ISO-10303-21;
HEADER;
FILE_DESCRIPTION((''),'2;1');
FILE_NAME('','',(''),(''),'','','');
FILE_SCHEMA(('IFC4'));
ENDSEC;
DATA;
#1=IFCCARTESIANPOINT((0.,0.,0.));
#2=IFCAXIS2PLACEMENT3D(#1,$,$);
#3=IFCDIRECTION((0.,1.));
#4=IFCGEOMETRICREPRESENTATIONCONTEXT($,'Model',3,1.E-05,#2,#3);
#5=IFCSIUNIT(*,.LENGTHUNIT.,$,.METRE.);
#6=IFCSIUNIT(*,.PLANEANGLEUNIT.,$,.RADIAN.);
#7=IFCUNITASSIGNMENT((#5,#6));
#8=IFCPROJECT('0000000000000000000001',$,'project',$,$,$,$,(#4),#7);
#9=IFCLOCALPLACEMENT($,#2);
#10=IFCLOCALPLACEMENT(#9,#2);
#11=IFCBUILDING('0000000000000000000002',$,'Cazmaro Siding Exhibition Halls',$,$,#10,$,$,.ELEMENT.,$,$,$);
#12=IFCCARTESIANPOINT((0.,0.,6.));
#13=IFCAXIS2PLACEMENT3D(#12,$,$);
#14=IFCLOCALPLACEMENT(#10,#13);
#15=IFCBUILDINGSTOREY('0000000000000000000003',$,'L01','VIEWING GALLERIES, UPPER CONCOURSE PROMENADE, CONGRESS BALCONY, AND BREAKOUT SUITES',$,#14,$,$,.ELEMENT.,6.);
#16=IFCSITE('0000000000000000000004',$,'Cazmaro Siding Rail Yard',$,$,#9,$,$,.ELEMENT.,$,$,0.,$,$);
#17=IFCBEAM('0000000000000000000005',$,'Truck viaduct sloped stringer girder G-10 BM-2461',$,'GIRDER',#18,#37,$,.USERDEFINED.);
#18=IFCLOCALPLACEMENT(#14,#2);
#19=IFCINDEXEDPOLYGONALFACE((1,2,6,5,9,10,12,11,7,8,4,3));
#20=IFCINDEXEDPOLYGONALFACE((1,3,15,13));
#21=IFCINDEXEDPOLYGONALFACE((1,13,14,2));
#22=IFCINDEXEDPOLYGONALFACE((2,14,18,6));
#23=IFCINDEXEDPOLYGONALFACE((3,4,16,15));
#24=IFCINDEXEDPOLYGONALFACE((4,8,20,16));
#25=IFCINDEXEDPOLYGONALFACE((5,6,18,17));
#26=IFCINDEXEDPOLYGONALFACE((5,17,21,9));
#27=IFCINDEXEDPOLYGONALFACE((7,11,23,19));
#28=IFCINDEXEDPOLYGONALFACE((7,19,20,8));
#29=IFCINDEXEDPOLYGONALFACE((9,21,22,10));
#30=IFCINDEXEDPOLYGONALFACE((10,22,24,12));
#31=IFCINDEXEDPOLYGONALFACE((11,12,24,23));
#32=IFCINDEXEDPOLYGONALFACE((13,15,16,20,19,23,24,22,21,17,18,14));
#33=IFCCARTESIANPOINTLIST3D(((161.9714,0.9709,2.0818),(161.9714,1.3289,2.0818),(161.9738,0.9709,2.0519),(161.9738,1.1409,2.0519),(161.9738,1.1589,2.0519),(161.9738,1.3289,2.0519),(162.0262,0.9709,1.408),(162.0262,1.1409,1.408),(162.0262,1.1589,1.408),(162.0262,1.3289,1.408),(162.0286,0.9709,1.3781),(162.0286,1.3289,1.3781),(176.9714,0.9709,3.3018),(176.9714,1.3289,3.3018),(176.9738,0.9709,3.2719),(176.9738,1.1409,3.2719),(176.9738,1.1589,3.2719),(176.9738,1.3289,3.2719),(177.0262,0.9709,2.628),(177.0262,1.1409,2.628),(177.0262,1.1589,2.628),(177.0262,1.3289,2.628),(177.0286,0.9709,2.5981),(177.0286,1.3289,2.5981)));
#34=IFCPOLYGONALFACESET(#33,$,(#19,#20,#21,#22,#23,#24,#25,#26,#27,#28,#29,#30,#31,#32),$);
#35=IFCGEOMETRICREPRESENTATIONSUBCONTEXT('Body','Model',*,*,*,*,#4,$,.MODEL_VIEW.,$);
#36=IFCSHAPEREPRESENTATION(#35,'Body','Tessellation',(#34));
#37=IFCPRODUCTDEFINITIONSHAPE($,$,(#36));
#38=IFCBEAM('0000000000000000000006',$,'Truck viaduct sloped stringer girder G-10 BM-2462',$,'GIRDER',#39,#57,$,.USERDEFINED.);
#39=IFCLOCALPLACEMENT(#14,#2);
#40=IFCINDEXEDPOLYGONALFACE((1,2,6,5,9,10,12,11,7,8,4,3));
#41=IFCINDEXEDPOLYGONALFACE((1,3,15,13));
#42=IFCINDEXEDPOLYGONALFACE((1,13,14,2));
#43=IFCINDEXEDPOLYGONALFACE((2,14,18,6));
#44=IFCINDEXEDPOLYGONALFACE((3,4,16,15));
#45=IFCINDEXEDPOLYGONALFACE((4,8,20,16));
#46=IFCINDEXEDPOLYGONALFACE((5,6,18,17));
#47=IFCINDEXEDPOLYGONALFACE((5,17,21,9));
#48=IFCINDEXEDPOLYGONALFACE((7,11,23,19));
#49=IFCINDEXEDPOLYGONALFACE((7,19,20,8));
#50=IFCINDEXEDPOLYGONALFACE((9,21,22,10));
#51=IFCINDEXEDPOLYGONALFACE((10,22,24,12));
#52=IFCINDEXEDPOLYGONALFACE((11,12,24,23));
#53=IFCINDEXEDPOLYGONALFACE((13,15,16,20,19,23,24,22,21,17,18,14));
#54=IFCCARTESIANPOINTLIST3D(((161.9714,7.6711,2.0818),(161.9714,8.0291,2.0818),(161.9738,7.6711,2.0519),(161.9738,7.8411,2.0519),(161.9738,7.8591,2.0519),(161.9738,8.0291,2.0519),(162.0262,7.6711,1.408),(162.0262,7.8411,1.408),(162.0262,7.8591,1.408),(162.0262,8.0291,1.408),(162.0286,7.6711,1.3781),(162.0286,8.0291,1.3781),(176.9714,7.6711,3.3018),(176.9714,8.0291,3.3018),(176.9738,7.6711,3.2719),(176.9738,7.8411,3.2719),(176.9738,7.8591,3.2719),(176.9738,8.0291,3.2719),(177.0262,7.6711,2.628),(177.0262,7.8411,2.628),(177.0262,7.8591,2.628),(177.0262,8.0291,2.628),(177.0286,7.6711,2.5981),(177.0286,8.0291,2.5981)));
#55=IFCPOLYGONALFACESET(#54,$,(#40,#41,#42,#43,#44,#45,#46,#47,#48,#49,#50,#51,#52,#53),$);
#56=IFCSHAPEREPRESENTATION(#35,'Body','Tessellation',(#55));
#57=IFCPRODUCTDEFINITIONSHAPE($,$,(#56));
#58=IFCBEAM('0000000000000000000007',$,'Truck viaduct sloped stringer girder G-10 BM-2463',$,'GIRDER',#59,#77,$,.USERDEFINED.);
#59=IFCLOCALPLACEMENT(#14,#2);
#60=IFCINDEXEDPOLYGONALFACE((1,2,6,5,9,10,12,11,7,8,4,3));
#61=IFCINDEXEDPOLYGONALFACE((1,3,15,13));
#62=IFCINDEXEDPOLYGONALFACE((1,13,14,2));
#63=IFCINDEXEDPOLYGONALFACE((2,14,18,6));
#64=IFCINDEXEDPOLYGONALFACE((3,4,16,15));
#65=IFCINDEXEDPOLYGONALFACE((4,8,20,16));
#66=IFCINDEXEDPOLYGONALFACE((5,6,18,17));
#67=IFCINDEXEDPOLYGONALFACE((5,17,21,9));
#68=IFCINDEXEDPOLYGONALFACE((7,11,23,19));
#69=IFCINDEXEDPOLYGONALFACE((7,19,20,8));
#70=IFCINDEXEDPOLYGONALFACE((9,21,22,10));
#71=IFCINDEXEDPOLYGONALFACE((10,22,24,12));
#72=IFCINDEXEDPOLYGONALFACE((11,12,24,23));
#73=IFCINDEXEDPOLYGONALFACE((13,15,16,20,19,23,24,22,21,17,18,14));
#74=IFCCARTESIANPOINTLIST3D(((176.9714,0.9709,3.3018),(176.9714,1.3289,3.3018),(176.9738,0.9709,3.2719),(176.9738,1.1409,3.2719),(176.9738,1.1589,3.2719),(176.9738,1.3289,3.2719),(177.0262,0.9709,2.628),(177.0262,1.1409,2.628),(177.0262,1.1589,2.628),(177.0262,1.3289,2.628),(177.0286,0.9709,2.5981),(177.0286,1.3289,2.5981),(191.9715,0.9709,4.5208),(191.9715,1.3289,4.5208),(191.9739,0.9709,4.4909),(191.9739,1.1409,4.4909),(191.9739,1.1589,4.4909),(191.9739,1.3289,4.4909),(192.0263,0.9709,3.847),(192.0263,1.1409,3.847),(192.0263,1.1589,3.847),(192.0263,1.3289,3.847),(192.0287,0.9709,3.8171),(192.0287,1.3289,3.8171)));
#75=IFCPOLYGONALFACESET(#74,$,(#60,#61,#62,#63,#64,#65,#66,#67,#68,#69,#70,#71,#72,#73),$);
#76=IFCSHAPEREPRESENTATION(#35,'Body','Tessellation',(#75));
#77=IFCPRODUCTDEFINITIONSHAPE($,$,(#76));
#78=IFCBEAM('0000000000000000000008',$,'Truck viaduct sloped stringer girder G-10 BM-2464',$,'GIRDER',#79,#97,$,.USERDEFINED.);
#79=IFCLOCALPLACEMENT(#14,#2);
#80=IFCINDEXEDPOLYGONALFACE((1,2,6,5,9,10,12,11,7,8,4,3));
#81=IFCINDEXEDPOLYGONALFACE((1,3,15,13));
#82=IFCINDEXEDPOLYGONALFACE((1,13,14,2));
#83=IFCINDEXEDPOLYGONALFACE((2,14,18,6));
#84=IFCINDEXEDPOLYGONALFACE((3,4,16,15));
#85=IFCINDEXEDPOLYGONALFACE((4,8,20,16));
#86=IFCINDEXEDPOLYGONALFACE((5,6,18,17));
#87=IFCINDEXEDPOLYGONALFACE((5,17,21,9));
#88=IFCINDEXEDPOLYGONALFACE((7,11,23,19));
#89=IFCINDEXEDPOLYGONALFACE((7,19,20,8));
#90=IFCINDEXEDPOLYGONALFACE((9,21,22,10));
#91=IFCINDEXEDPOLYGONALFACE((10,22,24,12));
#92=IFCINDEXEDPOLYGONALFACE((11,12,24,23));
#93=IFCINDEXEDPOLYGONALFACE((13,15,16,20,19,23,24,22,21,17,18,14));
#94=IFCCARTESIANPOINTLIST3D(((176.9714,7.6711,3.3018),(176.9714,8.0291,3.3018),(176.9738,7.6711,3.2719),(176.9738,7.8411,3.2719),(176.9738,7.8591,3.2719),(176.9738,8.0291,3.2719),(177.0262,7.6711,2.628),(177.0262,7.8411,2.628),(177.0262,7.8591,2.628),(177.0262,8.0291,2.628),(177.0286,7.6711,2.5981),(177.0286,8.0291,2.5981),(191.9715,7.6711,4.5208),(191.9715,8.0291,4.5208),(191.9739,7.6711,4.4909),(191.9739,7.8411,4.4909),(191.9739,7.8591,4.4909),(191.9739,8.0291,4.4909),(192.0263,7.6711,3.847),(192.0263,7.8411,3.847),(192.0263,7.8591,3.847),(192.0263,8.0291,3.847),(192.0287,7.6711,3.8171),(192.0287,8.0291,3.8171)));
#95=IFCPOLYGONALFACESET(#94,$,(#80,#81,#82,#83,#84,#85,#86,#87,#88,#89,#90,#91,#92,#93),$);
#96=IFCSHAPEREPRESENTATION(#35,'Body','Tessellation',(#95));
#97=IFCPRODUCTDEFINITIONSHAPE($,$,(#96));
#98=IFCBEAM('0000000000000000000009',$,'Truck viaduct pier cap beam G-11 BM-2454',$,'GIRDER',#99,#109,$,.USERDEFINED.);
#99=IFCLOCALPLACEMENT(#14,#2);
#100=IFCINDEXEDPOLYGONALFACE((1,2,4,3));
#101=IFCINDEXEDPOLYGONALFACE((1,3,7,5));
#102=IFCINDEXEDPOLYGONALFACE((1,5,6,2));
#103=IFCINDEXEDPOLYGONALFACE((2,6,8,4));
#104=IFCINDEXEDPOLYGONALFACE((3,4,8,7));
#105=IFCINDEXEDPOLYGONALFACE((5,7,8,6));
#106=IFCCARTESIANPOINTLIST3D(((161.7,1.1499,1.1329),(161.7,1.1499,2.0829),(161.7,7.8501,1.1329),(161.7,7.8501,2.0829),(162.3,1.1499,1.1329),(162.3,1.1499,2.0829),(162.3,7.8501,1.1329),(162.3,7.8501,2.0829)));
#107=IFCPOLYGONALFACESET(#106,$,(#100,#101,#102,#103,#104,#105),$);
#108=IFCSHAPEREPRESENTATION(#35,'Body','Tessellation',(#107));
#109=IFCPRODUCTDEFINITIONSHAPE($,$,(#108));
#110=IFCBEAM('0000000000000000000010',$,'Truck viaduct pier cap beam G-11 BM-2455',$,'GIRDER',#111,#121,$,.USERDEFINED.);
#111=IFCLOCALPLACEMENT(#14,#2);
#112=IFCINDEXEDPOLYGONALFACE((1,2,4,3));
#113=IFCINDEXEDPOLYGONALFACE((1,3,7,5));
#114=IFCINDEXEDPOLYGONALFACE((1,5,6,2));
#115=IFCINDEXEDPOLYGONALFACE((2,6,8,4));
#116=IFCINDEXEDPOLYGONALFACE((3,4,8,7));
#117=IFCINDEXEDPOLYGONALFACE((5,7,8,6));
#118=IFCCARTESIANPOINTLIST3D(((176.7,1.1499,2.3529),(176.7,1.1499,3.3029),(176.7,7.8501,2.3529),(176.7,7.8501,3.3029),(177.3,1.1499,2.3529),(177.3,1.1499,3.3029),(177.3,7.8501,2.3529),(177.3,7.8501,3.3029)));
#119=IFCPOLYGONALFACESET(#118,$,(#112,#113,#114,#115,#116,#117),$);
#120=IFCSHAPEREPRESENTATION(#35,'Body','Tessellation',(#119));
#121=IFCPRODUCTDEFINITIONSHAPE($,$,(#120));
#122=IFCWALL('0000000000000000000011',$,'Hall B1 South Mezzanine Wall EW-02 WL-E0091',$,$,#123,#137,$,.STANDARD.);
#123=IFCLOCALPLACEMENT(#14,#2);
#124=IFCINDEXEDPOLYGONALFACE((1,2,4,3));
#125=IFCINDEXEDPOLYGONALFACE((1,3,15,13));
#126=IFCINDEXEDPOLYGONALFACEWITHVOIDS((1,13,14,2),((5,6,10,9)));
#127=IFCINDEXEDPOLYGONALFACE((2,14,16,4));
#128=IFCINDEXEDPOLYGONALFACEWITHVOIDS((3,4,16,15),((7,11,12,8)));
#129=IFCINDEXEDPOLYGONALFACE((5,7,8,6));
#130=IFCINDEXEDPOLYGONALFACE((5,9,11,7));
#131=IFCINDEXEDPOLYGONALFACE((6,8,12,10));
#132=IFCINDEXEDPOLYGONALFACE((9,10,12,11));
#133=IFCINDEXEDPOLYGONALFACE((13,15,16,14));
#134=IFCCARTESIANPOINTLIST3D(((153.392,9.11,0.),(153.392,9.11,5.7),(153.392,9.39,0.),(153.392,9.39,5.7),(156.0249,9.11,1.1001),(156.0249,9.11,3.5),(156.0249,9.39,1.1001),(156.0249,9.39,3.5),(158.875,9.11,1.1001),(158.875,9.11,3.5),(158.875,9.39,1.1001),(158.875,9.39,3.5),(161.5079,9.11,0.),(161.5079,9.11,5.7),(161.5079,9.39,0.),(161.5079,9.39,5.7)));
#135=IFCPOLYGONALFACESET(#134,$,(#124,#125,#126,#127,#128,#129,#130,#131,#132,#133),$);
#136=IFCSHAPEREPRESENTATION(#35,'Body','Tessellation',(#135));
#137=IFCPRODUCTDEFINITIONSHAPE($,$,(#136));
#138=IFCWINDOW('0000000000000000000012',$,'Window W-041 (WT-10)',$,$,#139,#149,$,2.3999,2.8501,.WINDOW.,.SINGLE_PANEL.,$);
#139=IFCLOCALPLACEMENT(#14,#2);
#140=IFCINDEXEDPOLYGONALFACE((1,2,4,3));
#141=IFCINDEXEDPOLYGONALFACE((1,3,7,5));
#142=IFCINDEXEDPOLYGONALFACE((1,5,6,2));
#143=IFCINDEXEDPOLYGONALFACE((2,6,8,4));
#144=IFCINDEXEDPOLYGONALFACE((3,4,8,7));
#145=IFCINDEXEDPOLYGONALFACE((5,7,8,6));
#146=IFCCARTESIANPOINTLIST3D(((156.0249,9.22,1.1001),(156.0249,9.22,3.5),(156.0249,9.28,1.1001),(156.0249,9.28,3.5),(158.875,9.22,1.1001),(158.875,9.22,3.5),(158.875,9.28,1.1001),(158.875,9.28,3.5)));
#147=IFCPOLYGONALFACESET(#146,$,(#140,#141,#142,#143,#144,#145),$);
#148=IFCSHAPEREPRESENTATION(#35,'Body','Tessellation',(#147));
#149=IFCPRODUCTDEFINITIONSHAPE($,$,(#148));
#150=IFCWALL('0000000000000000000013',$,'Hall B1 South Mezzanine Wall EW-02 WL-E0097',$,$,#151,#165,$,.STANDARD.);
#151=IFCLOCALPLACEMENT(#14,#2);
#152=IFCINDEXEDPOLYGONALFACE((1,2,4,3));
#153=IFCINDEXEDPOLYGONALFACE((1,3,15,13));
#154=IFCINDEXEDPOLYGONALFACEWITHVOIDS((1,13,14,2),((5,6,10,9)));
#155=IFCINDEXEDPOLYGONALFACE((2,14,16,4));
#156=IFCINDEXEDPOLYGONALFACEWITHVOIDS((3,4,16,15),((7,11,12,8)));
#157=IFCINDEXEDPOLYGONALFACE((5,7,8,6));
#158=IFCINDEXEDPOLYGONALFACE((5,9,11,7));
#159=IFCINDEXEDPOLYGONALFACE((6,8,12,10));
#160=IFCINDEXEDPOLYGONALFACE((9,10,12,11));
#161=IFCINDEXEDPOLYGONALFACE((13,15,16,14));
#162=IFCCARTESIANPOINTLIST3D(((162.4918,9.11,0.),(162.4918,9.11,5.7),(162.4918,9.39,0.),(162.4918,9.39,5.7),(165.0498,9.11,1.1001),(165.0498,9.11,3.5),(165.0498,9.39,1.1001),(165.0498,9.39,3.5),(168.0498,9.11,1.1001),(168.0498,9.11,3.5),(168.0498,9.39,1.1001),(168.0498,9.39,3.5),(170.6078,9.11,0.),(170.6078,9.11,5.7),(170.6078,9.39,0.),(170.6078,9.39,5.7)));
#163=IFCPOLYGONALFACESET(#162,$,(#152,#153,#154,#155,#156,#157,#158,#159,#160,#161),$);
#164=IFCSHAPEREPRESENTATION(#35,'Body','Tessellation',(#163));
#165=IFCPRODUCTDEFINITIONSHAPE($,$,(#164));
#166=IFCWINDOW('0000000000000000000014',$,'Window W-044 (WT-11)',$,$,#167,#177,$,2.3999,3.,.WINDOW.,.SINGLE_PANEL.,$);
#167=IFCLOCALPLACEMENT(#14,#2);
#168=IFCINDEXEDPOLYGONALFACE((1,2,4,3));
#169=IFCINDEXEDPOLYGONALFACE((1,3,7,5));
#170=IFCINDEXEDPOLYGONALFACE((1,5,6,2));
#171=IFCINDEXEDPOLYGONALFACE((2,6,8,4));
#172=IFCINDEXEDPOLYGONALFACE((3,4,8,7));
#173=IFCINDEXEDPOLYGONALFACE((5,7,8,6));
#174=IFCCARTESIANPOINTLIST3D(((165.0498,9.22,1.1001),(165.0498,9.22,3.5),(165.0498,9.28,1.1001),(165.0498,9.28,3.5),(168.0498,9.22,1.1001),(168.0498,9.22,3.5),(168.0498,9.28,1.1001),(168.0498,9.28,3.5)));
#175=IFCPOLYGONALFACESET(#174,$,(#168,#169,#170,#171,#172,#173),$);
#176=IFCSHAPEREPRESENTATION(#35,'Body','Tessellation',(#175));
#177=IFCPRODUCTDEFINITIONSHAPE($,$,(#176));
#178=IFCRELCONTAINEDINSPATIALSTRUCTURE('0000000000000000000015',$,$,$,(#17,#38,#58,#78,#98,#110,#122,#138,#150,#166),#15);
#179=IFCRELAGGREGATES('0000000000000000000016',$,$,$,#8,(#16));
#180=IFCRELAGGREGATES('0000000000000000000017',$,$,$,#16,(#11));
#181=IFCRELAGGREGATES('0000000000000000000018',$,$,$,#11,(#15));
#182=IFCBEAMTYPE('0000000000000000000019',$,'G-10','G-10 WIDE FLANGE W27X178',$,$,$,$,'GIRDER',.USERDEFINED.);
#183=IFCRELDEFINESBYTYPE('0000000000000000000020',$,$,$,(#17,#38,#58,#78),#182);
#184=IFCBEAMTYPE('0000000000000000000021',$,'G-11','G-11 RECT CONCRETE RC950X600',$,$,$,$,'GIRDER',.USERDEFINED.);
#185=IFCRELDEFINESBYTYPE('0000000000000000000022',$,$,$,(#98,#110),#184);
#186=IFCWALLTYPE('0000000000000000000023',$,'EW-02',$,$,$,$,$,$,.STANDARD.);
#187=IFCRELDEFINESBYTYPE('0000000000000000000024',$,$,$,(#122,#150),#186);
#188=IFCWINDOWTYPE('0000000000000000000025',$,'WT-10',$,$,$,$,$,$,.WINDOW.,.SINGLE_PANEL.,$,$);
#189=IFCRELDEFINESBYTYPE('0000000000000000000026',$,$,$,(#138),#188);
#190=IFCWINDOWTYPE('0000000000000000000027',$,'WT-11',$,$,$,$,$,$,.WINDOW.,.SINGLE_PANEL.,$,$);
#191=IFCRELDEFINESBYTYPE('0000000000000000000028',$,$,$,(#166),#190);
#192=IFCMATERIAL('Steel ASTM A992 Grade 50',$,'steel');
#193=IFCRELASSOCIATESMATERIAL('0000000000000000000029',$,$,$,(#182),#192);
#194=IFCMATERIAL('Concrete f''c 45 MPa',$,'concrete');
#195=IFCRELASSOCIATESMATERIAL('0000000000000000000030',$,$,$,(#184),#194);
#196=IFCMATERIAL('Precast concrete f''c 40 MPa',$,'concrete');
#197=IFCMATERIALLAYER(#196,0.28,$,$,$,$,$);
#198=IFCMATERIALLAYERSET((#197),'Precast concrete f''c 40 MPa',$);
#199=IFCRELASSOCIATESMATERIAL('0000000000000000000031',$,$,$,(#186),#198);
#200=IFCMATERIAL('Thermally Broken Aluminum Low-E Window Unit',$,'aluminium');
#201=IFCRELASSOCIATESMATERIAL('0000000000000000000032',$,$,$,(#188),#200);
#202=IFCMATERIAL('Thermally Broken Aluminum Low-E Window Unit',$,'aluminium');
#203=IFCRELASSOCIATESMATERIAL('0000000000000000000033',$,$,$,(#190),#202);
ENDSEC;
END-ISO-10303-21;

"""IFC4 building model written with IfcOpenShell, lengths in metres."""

from ifc_helpers import new_model, si_unit, direction, frame, frame_2d, origin, origin_2d, place, context, subcontext, project, spatial, rectangle, i_section, extrude, material, layer, layer_set, material_profile, profile_set, type_object, element, fill, save


model = new_model("IFC4")

# Units and contexts
model_context = context("Model", 3, precision=1e-05, world=origin(), true_north=direction((0.0, 1.0)))
body_context = subcontext(model_context, "Body", "Model", "MODEL_VIEW")
ifc_project = project(units=[si_unit("LENGTHUNIT", "METRE"), si_unit("PLANEANGLEUNIT", "RADIAN")], contexts=[model_context])

# Site, building, storey
site_placement = place(None, origin())
site = spatial("IfcSite", under=ifc_project, at=site_placement, Name="Cazmaro Siding Rail Yard", CompositionType="ELEMENT", RefElevation=0.0)
building_placement = place(site_placement, origin())
building = spatial("IfcBuilding", under=site, at=building_placement, Name="Cazmaro Siding Exhibition Halls", CompositionType="ELEMENT")
storey_placement = place(building_placement, frame((0.0, 0.0, 6.0)))
storey = spatial("IfcBuildingStorey", under=building, at=storey_placement, Name="L01", Description="VIEWING GALLERIES, UPPER CONCOURSE PROMENADE, CONGRESS BALCONY, AND BREAKOUT SUITES", CompositionType="ELEMENT", Elevation=6.0)

# Beams
ifc_material_1 = material(Name="Steel ASTM A992 Grade 50", Category="steel")
ifc_material_profile_1 = material_profile(ifc_material_1, i_section(OverallWidth=0.3579, OverallDepth=0.7061, WebThickness=0.0181, FlangeThickness=0.03, at=origin_2d()), Name="W27X178")
ifc_profile_set_1 = profile_set([ifc_material_profile_1], Name="Steel ASTM A992 Grade 50")
beam_type_1 = type_object("IfcBeamType", Name="G-10", Description="G-10 WIDE FLANGE W27X178", ElementType="GIRDER", PredefinedType="USERDEFINED", material=ifc_profile_set_1)
for number, where, z_axis, x_axis, name in (
    (1, (162.0, 1.1499, 1.73), (0.996709, 0.0, 0.081064), (0.0, 1.0, 0.0), "Truck viaduct sloped stringer girder G-10 BM-2461"),
    (2, (162.0, 7.8501, 1.73), (0.996709, 0.0, 0.081064), (0.0, 1.0, 0.0), "Truck viaduct sloped stringer girder G-10 BM-2462"),
    (3, (177.0, 1.1499, 2.95), (0.996714, 0.0, 0.080999), (0.0, 1.0, 0.0), "Truck viaduct sloped stringer girder G-10 BM-2463"),
    (4, (177.0, 7.8501, 2.95), (0.996714, 0.0, 0.080999), (0.0, 1.0, 0.0), "Truck viaduct sloped stringer girder G-10 BM-2464"),
):
    element("IfcBeam", number, at=place(storey_placement, frame(where, z_axis=z_axis, x_axis=x_axis)), inside=storey, type_object=beam_type_1, Name=name, ObjectType="GIRDER", PredefinedType="USERDEFINED", context=body_context, shape_type="SweptSolid", body=[
        extrude(i_section(OverallWidth=0.3579, OverallDepth=0.7061, WebThickness=0.0181, FlangeThickness=0.03, at=origin_2d()), origin(), (0.0, 0.0, 1.0), 15.0496),
    ])
ifc_material_2 = material(Name="Concrete f'c 45 MPa", Category="concrete")
ifc_material_profile_2 = material_profile(ifc_material_2, rectangle(XDim=0.6001, YDim=0.95, at=origin_2d()), Name="RC950X600")
ifc_profile_set_2 = profile_set([ifc_material_profile_2], Name="Concrete f'c 45 MPa")
beam_type_2 = type_object("IfcBeamType", Name="G-11", Description="G-11 RECT CONCRETE RC950X600", ElementType="GIRDER", PredefinedType="USERDEFINED", material=ifc_profile_set_2)
for number, where, z_axis, x_axis, name in (
    (5, (162.0, 1.1499, 1.6079), (0.0, 1.0, 0.0), (-1.0, 0.0, 0.0), "Truck viaduct pier cap beam G-11 BM-2454"),
    (6, (177.0, 1.1499, 2.8279), (0.0, 1.0, 0.0), (-1.0, 0.0, 0.0), "Truck viaduct pier cap beam G-11 BM-2455"),
):
    element("IfcBeam", number, at=place(storey_placement, frame(where, z_axis=z_axis, x_axis=x_axis)), inside=storey, type_object=beam_type_2, Name=name, ObjectType="GIRDER", PredefinedType="USERDEFINED", context=body_context, shape_type="SweptSolid", body=[
        extrude(rectangle(XDim=0.6001, YDim=0.95, at=origin_2d()), origin(), (0.0, 0.0, 1.0), 6.7002),
    ])

# Walls, openings, windows
ifc_material_3 = material(Name="Precast concrete f'c 40 MPa", Category="concrete")
ifc_layer = layer(ifc_material_3, 0.28)
ifc_layer_set = layer_set([ifc_layer], Name="Precast concrete f'c 40 MPa")
wall_type = type_object("IfcWallType", Name="EW-02", PredefinedType="STANDARD", material=ifc_layer_set)
wall_1_placement = place(storey_placement, frame((161.5081, 9.25, 0.0), z_axis=(0.0, 0.0, 1.0), x_axis=(-1.0, 0.0, 0.0)))
wall_1 = element("IfcWall", 7, at=wall_1_placement, inside=storey, type_object=wall_type, Name="Hall B1 South Mezzanine Wall EW-02 WL-E0091", PredefinedType="STANDARD", context=body_context, shape_type="SweptSolid", body=[
    extrude(rectangle(XDim=8.116, YDim=0.28, at=frame_2d((4.0581, 0.0))), origin(), (0.0, 0.0, 1.0), 5.7),
])
opening_1_placement = place(wall_1_placement, frame((2.6331, 0.0, 1.1001)))
opening_1 = element("IfcOpeningElement", 8, at=opening_1_placement, cuts=wall_1, PredefinedType="OPENING", context=body_context, shape_type="SweptSolid", body=[
    extrude(rectangle(XDim=2.8501, YDim=2.3999, at=frame_2d((1.425, 1.2))), frame((0.0, 0.1499, 0.0), z_axis=(0.0, -1.0, 0.0), x_axis=(1.0, 0.0, 0.0)), (0.0, 0.0, 1.0), 0.3),
])
ifc_material_4 = material(Name="Thermally Broken Aluminum Low-E Window Unit", Category="aluminium")
window_type_1 = type_object("IfcWindowType", Name="WT-10", PartitioningType="SINGLE_PANEL", PredefinedType="WINDOW", material=ifc_material_4)
window_1_placement = place(opening_1_placement, origin())
window_1 = element("IfcWindow", 9, at=window_1_placement, inside=storey, type_object=window_type_1, Name="Window W-041 (WT-10)", OverallHeight=2.3999, OverallWidth=2.8501, PartitioningType="SINGLE_PANEL", PredefinedType="WINDOW", context=body_context, shape_type="SweptSolid", body=[
    extrude(rectangle(XDim=2.8501, YDim=2.3999, at=frame_2d((1.425, 1.2))), frame((0.0, 0.03, 0.0), z_axis=(0.0, -1.0, 0.0), x_axis=(1.0, 0.0, 0.0)), (0.0, 0.0, 1.0), 0.0601),
])
fill(opening_1, window_1)
wall_2_placement = place(storey_placement, frame((170.6079, 9.25, 0.0), z_axis=(0.0, 0.0, 1.0), x_axis=(-1.0, 0.0, 0.0)))
wall_2 = element("IfcWall", 10, at=wall_2_placement, inside=storey, type_object=wall_type, Name="Hall B1 South Mezzanine Wall EW-02 WL-E0097", PredefinedType="STANDARD", context=body_context, shape_type="SweptSolid", body=[
    extrude(rectangle(XDim=8.116, YDim=0.28, at=frame_2d((4.0581, 0.0))), origin(), (0.0, 0.0, 1.0), 5.7),
])
opening_2_placement = place(wall_2_placement, frame((2.5581, 0.0, 1.1001)))
opening_2 = element("IfcOpeningElement", 11, at=opening_2_placement, cuts=wall_2, PredefinedType="OPENING", context=body_context, shape_type="SweptSolid", body=[
    extrude(rectangle(XDim=3.0, YDim=2.3999, at=frame_2d((1.5, 1.2))), frame((0.0, 0.1499, 0.0), z_axis=(0.0, -1.0, 0.0), x_axis=(1.0, 0.0, 0.0)), (0.0, 0.0, 1.0), 0.3),
])
ifc_material_5 = material(Name="Thermally Broken Aluminum Low-E Window Unit", Category="aluminium")
window_type_2 = type_object("IfcWindowType", Name="WT-11", PartitioningType="SINGLE_PANEL", PredefinedType="WINDOW", material=ifc_material_5)
window_2_placement = place(opening_2_placement, origin())
window_2 = element("IfcWindow", 12, at=window_2_placement, inside=storey, type_object=window_type_2, Name="Window W-044 (WT-11)", OverallHeight=2.3999, OverallWidth=3.0, PartitioningType="SINGLE_PANEL", PredefinedType="WINDOW", context=body_context, shape_type="SweptSolid", body=[
    extrude(rectangle(XDim=3.0, YDim=2.3999, at=frame_2d((1.5, 1.2))), frame((0.0, 0.03, 0.0), z_axis=(0.0, -1.0, 0.0), x_axis=(1.0, 0.0, 0.0)), (0.0, 0.0, 1.0), 0.0601),
])
fill(opening_2, window_2)

save(model, "model.ifc")
